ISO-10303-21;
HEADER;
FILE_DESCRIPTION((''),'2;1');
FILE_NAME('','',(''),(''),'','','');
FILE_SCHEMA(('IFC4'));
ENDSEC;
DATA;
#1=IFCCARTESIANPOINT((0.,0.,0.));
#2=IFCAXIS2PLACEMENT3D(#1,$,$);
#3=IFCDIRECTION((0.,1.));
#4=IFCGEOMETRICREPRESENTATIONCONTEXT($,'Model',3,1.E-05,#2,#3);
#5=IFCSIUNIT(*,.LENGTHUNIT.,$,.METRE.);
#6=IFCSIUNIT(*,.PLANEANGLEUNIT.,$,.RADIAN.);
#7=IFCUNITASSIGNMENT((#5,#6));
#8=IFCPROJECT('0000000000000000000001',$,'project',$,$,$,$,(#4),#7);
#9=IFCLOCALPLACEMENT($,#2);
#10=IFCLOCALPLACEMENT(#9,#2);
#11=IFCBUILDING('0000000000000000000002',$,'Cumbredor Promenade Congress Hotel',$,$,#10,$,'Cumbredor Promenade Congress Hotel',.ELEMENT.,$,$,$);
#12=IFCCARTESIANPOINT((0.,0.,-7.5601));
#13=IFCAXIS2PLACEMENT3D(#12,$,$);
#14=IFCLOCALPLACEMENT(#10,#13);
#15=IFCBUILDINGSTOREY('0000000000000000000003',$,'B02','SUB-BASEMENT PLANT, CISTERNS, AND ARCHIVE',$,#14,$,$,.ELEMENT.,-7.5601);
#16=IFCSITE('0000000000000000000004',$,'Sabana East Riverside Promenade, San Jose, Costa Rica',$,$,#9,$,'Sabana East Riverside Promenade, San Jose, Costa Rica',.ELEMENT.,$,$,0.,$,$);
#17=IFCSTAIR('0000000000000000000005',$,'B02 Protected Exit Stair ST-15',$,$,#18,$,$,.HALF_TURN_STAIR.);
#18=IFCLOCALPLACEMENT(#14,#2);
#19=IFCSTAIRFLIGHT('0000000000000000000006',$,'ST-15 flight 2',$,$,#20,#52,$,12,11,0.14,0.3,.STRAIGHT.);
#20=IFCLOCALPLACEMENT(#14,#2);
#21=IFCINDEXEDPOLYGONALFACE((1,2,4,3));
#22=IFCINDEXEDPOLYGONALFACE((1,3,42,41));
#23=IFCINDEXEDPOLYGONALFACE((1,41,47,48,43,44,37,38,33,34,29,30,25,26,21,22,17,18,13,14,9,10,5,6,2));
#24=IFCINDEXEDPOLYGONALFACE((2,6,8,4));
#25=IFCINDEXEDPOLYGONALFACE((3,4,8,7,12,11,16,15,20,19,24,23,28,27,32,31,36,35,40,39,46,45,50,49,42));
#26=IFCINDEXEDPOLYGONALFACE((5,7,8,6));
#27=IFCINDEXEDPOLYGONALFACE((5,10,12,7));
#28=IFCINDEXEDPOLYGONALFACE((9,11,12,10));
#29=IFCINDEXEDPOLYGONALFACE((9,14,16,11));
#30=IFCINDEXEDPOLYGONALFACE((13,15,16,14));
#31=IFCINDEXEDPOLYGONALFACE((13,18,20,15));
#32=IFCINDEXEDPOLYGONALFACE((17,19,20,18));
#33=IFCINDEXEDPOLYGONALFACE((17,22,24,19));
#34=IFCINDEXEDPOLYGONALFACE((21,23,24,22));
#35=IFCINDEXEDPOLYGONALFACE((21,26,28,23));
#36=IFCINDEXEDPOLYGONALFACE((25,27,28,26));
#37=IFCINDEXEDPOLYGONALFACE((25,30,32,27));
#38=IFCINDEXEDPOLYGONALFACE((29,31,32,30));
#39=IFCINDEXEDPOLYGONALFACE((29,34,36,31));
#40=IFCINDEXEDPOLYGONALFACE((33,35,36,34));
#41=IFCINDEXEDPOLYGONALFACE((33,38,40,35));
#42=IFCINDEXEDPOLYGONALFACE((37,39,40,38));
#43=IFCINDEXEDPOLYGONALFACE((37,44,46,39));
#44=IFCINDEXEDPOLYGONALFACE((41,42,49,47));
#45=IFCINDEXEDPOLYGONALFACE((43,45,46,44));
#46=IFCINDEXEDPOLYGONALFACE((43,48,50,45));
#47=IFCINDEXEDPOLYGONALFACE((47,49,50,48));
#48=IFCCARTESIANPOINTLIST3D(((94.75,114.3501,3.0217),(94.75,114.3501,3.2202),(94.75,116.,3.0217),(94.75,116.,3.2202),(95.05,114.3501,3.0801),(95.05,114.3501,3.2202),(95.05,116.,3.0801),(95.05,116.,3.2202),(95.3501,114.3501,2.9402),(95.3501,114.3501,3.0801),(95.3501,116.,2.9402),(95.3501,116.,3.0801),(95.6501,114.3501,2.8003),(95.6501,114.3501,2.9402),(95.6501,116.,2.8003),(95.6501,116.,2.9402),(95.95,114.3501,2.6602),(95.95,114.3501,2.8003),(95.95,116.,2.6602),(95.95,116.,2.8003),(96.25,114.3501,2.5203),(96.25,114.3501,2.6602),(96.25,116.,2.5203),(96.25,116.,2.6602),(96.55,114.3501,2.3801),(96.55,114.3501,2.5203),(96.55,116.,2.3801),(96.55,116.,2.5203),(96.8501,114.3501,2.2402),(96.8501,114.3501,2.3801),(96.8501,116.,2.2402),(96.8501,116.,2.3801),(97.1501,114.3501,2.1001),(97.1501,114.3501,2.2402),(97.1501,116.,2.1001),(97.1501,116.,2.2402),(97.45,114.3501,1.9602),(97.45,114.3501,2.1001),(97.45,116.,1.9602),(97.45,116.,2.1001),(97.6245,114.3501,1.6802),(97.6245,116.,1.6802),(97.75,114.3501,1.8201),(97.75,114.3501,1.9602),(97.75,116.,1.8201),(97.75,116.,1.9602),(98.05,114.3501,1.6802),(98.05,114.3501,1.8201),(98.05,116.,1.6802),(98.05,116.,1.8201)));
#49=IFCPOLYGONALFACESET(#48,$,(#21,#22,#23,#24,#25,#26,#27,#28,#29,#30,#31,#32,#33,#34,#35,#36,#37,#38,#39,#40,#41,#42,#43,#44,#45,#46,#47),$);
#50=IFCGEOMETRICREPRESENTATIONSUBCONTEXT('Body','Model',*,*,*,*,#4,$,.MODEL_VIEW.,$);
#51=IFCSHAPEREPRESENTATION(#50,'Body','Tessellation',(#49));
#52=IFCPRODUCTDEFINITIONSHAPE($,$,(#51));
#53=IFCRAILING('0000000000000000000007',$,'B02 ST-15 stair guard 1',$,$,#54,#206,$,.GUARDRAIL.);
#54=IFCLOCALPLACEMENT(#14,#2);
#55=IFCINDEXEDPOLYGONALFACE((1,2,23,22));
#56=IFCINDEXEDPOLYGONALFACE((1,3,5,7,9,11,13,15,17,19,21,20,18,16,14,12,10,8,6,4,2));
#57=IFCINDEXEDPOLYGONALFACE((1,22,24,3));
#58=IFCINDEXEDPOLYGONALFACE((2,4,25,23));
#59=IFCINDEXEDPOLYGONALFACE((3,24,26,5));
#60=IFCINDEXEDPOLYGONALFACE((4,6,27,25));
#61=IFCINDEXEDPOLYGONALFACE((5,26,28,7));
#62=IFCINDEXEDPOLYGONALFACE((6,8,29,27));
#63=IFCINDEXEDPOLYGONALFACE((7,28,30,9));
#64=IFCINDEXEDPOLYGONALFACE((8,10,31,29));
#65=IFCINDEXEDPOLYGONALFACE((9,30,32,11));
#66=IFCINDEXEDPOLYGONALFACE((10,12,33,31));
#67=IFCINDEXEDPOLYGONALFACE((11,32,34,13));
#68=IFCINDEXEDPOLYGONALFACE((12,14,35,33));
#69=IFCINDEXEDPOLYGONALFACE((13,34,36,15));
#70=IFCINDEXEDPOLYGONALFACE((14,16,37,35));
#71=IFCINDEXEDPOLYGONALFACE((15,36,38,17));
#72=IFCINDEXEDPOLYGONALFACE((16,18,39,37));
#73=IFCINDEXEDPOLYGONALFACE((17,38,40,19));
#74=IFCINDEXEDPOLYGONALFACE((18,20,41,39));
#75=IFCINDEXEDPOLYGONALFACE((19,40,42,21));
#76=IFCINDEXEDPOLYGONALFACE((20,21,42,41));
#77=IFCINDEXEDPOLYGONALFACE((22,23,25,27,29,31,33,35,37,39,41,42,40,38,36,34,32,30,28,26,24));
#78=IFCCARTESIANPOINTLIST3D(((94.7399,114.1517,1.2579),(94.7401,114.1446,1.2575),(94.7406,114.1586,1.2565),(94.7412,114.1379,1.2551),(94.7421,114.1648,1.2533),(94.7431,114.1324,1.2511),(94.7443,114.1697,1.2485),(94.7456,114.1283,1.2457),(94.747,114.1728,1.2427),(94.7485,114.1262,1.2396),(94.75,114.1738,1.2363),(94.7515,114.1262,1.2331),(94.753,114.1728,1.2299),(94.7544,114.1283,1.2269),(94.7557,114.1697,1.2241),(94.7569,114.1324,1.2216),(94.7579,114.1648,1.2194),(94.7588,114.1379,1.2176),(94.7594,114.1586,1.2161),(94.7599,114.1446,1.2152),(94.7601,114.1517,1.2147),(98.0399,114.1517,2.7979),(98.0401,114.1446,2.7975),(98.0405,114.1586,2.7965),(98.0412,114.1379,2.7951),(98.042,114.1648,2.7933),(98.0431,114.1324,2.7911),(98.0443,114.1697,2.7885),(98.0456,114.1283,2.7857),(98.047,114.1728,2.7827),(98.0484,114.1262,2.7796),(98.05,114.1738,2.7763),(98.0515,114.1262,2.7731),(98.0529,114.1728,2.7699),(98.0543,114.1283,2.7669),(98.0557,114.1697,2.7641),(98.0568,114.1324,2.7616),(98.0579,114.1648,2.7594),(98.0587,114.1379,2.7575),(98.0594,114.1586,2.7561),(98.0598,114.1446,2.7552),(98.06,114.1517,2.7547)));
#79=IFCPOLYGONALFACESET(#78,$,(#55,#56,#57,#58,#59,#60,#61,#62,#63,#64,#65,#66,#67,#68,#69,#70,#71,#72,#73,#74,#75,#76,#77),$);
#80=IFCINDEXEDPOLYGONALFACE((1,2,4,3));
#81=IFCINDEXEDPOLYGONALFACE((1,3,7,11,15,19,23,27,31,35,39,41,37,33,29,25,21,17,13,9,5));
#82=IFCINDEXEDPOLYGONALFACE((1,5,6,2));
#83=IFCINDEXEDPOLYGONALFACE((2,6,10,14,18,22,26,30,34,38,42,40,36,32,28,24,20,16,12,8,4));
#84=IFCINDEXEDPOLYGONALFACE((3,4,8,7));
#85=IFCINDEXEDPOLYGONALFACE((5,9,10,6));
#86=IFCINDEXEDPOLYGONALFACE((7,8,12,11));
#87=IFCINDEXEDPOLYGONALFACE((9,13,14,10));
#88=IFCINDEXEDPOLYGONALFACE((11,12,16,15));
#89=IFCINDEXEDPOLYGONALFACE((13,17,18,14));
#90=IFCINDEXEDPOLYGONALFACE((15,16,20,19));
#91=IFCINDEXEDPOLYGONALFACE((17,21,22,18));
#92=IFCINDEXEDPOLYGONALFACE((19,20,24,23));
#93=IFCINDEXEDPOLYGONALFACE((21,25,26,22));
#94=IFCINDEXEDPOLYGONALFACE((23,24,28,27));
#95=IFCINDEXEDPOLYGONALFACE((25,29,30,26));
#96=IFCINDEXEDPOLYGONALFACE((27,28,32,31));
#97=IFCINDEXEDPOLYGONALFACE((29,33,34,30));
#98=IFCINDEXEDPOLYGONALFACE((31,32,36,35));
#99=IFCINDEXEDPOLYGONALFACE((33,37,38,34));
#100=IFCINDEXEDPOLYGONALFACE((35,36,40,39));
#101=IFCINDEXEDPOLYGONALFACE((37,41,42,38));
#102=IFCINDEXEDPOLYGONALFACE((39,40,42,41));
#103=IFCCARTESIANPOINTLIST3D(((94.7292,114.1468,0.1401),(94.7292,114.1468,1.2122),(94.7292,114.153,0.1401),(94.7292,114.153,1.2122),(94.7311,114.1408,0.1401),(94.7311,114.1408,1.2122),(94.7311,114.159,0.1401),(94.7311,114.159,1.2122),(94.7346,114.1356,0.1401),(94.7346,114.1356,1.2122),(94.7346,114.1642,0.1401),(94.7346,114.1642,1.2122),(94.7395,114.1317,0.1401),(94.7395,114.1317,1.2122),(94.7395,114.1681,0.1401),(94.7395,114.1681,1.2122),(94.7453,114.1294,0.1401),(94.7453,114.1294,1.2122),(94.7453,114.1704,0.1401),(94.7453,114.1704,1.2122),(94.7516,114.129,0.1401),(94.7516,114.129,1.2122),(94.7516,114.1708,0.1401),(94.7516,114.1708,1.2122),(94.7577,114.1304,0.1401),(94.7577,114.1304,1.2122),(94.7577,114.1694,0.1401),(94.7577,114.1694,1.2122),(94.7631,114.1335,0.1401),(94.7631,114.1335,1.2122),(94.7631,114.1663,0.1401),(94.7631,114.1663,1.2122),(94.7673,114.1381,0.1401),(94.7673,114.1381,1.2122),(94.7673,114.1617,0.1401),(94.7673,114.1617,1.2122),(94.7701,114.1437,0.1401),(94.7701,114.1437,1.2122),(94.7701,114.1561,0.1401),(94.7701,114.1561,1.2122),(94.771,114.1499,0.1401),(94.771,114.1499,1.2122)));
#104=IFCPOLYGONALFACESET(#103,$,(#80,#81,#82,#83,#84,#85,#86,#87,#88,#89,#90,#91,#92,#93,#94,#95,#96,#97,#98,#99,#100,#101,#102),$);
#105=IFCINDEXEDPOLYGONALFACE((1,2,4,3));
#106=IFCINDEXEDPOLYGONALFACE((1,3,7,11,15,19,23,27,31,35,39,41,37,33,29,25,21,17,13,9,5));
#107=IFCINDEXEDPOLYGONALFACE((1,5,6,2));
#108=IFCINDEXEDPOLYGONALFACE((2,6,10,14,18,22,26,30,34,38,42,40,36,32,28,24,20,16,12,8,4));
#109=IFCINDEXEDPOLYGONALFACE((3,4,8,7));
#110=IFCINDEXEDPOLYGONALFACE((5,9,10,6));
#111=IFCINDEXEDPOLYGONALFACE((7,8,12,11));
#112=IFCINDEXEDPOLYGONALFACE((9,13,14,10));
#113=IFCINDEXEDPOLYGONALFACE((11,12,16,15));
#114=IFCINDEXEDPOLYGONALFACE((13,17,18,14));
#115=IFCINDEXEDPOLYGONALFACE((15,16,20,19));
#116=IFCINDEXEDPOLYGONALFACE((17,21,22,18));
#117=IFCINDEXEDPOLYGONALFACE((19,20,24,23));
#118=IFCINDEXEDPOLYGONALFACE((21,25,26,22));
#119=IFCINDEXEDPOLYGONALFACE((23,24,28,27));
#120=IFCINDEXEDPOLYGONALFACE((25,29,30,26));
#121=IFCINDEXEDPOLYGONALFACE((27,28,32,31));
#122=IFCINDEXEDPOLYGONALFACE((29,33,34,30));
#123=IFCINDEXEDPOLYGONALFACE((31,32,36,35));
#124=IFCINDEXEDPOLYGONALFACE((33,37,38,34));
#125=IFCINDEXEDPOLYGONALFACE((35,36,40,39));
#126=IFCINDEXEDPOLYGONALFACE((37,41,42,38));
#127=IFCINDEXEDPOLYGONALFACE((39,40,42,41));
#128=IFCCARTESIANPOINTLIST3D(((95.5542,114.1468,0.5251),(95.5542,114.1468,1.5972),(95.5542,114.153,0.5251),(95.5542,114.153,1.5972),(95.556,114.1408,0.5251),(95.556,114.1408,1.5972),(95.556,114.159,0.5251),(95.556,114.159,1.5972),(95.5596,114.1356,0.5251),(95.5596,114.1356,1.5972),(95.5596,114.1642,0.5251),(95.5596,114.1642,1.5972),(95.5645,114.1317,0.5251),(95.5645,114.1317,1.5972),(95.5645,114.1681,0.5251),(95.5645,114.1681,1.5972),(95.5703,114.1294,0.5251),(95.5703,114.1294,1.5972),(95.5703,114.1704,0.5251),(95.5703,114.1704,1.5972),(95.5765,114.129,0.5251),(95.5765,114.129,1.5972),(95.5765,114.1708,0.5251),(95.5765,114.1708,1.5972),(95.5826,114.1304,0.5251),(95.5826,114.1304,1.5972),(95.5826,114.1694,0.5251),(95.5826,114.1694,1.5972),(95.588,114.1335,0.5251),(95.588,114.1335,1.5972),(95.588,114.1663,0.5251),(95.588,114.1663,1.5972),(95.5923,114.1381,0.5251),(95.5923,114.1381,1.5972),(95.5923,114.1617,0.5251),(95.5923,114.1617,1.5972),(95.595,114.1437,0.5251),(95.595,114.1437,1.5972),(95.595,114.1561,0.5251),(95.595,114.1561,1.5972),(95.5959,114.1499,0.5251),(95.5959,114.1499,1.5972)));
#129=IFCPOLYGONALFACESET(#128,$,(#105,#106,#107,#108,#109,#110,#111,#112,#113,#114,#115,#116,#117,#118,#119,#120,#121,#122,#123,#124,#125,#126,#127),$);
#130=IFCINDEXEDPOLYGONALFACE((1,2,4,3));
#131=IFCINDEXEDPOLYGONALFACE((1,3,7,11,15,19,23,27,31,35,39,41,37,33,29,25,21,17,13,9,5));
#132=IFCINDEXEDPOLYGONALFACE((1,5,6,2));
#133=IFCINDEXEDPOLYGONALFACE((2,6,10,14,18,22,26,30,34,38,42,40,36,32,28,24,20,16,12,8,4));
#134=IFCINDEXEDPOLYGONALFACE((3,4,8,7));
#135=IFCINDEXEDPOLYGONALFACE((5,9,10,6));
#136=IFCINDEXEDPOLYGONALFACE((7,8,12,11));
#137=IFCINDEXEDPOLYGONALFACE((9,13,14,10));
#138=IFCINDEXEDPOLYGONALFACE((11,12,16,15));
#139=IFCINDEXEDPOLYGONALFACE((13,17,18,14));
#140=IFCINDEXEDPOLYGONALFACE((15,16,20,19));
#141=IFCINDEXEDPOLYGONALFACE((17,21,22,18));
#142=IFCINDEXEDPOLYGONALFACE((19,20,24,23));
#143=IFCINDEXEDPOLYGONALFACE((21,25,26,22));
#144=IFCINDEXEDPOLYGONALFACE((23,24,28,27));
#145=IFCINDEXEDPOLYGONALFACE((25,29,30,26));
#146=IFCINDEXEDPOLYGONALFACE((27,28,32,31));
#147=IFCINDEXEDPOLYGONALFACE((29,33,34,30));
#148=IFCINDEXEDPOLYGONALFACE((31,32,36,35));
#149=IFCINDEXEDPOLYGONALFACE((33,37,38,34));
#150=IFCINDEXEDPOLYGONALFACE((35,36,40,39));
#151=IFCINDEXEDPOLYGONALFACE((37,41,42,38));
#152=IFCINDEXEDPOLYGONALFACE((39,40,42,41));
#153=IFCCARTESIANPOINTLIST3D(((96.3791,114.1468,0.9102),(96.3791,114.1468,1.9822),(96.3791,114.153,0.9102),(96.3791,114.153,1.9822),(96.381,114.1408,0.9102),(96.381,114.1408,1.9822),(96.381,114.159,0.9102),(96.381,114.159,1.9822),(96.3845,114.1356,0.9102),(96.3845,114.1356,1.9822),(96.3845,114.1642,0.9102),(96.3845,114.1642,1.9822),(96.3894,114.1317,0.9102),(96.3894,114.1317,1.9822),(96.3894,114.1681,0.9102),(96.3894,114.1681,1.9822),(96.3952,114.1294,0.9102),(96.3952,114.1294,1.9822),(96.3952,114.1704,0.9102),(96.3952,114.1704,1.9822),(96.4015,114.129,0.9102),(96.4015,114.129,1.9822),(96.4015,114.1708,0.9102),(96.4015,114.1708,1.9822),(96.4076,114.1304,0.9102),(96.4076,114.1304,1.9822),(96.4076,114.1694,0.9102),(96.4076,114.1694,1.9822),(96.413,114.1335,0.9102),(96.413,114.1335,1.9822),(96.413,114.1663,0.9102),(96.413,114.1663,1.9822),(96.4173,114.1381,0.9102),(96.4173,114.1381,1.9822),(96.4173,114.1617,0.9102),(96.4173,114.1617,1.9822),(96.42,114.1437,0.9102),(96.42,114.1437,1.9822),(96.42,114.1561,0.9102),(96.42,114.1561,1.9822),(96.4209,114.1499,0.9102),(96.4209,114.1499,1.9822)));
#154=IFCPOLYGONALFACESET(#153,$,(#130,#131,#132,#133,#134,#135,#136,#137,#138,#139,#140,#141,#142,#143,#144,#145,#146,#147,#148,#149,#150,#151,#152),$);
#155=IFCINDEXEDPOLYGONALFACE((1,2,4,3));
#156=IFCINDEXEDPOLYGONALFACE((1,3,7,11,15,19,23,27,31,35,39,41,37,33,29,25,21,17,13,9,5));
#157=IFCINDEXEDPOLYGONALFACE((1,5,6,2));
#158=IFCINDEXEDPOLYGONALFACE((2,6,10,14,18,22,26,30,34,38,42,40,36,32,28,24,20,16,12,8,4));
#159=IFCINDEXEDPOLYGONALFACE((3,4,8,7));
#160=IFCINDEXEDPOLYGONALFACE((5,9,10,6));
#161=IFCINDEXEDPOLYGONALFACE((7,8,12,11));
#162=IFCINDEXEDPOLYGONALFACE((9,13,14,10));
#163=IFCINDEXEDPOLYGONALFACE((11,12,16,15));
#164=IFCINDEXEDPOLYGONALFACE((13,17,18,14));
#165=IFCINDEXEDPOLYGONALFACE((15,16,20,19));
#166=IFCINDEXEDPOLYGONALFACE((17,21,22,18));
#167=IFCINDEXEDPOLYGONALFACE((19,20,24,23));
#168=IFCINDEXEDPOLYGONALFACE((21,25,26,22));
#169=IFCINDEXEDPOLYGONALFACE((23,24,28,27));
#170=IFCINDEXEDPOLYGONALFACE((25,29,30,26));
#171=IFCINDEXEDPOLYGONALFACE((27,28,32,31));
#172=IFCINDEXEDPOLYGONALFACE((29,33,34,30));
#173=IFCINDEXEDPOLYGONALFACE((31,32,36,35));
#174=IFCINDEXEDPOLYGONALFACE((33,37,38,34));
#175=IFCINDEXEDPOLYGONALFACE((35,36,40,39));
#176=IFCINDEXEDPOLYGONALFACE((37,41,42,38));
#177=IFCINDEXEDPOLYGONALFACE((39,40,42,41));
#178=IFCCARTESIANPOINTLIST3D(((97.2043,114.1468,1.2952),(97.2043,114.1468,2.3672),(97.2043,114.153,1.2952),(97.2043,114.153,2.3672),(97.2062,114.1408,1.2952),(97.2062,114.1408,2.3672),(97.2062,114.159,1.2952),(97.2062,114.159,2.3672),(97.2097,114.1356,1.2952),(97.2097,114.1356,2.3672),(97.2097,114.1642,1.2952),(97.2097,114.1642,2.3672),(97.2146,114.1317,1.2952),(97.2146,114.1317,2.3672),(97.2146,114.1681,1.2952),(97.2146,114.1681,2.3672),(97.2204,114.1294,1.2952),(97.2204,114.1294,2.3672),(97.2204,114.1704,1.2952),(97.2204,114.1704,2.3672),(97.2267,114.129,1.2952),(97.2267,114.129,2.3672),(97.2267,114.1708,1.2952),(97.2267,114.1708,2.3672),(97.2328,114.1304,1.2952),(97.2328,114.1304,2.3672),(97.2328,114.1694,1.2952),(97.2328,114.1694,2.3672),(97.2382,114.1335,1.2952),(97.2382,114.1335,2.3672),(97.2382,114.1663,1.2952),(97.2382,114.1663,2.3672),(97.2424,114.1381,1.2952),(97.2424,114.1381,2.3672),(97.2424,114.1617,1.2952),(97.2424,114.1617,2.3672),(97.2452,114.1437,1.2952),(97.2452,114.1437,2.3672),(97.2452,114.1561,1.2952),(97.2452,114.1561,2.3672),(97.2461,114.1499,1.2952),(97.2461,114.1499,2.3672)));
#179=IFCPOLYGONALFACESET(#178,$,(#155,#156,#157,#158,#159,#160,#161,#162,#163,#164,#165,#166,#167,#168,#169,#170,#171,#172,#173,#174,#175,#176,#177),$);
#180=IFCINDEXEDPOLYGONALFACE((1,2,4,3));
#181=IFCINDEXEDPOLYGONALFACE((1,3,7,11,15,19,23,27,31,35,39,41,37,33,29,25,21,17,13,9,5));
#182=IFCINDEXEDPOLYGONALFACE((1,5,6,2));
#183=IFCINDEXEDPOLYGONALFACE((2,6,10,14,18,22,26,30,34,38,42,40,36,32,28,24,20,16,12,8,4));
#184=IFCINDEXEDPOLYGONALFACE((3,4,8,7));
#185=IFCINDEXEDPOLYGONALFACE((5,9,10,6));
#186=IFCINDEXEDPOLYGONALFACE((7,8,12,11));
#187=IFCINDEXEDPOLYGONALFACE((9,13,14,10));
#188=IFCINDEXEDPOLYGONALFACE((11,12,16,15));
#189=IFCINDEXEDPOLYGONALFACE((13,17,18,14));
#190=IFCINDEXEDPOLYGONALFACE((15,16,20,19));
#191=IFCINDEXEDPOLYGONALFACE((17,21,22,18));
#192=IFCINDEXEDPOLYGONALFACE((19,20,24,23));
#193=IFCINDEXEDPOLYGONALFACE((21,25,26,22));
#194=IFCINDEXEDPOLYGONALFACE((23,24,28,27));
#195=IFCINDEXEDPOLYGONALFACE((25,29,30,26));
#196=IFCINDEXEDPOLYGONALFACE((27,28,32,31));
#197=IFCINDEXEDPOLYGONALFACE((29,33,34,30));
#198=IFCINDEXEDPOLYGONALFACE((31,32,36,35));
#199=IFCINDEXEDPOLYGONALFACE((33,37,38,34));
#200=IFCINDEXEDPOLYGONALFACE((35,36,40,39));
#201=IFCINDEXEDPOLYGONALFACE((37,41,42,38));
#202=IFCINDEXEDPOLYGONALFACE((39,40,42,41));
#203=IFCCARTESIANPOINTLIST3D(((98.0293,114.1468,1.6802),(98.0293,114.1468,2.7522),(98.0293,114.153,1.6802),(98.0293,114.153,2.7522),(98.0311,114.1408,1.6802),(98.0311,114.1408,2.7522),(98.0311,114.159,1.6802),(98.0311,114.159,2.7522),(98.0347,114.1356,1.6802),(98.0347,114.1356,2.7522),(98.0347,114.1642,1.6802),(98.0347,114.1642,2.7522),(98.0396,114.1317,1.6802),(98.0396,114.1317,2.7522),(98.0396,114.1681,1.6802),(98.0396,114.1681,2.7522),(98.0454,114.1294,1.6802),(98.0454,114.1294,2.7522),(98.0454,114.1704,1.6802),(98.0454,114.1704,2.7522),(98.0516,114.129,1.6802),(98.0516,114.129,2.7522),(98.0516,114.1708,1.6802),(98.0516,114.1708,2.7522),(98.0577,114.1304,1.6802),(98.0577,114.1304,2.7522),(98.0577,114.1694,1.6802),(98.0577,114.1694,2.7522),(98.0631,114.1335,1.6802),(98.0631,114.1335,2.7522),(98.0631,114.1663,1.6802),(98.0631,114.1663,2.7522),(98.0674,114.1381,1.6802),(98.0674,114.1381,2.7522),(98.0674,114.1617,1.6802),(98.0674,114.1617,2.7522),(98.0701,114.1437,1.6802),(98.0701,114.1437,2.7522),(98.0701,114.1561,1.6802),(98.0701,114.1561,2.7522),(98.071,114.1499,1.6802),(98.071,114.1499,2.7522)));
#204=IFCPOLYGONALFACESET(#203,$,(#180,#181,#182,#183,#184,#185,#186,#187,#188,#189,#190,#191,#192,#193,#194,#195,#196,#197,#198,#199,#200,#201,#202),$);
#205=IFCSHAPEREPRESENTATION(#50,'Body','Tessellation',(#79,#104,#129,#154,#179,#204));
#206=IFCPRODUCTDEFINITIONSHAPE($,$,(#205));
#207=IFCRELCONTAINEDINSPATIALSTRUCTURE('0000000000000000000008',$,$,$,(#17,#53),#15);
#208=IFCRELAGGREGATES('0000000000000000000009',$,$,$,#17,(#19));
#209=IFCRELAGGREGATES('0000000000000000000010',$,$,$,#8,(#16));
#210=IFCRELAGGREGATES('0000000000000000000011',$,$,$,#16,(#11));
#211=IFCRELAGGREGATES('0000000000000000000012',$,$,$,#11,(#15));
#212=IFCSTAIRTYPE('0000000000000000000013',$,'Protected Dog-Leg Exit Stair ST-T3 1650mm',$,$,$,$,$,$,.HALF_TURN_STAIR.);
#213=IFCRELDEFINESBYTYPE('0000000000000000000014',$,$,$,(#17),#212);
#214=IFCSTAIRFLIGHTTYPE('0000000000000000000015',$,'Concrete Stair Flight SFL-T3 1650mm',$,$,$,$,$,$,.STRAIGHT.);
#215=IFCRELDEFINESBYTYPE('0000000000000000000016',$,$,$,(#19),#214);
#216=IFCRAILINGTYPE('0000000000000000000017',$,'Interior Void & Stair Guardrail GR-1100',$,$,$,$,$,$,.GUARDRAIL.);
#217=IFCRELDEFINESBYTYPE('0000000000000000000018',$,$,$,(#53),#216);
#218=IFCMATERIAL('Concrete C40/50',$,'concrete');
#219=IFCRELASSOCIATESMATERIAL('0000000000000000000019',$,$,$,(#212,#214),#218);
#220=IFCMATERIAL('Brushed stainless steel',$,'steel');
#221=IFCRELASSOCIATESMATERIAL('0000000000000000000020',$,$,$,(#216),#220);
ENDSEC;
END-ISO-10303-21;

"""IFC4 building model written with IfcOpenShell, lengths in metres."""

from ifc_helpers import new_model, si_unit, direction, frame, origin, origin_2d, place, context, subcontext, project, spatial, polyline, circle, outline, extrude, material, type_object, element, aggregate, save


model = new_model("IFC4")

# Units and contexts
model_context = context("Model", 3, precision=1e-05, world=origin(), true_north=direction((0.0, 1.0)))
body_context = subcontext(model_context, "Body", "Model", "MODEL_VIEW")
ifc_project = project(units=[si_unit("LENGTHUNIT", "METRE"), si_unit("PLANEANGLEUNIT", "RADIAN")], contexts=[model_context])

# Site, building, storey
site_placement = place(None, origin())
site = spatial("IfcSite", under=ifc_project, at=site_placement, Name="Sabana East Riverside Promenade, San Jose, Costa Rica", LongName="Sabana East Riverside Promenade, San Jose, Costa Rica", CompositionType="ELEMENT", RefElevation=0.0)
building_placement = place(site_placement, origin())
building = spatial("IfcBuilding", under=site, at=building_placement, Name="Cumbredor Promenade Congress Hotel", LongName="Cumbredor Promenade Congress Hotel", CompositionType="ELEMENT")
storey_placement = place(building_placement, frame((0.0, 0.0, -7.5601)))
storey = spatial("IfcBuildingStorey", under=building, at=storey_placement, Name="B02", Description="SUB-BASEMENT PLANT, CISTERNS, AND ARCHIVE", CompositionType="ELEMENT", Elevation=-7.5601)

# Shared definitions
ifc_material_1 = material(Name="Concrete C40/50", Category="concrete")

# Stair, stair flight
stair_type = type_object("IfcStairType", Name="Protected Dog-Leg Exit Stair ST-T3 1650mm", PredefinedType="HALF_TURN_STAIR", material=ifc_material_1)
stair_placement = place(storey_placement, origin())
stair = element("IfcStair", 1, at=stair_placement, inside=storey, type_object=stair_type, Name="B02 Protected Exit Stair ST-15", PredefinedType="HALF_TURN_STAIR")
stair_flight_type = type_object("IfcStairFlightType", Name="Concrete Stair Flight SFL-T3 1650mm", PredefinedType="STRAIGHT", material=ifc_material_1)
stair_flight_1_placement = place(storey_placement, frame((98.05, 115.175, 1.6802), z_axis=(0.0, 0.0, 1.0), x_axis=(-1.0, 0.0, 0.0)))
stair_flight_1 = element("IfcStairFlight", 2, at=stair_flight_1_placement, type_object=stair_flight_type, Name="ST-15 flight 2", NumberOfRisers=12, NumberOfTreads=11, PredefinedType="STRAIGHT", RiserHeight=0.14, TreadLength=0.3, context=body_context, shape_type="SweptSolid", body=[
    extrude(outline(polyline([(0.0, 0.0), (0.0, 0.1399), (0.3, 0.1399), (0.3, 0.28), (0.6001, 0.28), (0.6001, 0.4199), (0.8999, 0.4199), (0.8999, 0.5601), (1.2, 0.5601), (1.2, 0.7), (1.5, 0.7), (1.5, 0.8401), (1.8, 0.8401), (1.8, 0.98), (2.1001, 0.98), (2.1001, 1.1201), (2.3999, 1.1201), (2.3999, 1.26), (2.7, 1.26), (2.7, 1.3999), (3.0, 1.3999), (3.0, 1.54), (3.3, 1.54), (3.3, 1.6799), (3.3, 1.3416), (0.4255, 0.0), (0.0, 0.0)])), frame((0.0, 0.825, 0.0), z_axis=(0.0, -1.0, 0.0), x_axis=(1.0, 0.0, 0.0)), (0.0, 0.0, 1.0), 1.6499),
])
aggregate(stair, [stair_flight_1])

# Railing
ifc_material_2 = material(Name="Brushed stainless steel", Category="steel")
railing_type_1 = type_object("IfcRailingType", Name="Interior Void & Stair Guardrail GR-1100", PredefinedType="GUARDRAIL", material=ifc_material_2)
railing_1_placement = place(storey_placement, frame((94.75, 114.1499, 0.1401)))
element("IfcRailing", 3, at=railing_1_placement, inside=storey, type_object=railing_type_1, Name="B02 ST-15 stair guard 1", PredefinedType="GUARDRAIL", context=body_context, shape_type="SweptSolid", body=[
    extrude(circle(Radius=0.0239, at=origin_2d()), frame((0.0, 0.0, 1.0962), z_axis=(0.906181, 0.0, 0.422889), x_axis=(0.0, 1.0, 0.0)), (0.0, 0.0, 1.0), 3.6416),
    extrude(circle(Radius=0.021, at=origin_2d()), origin(), (0.0, 0.0, 1.0), 1.072),
    extrude(circle(Radius=0.021, at=origin_2d()), frame((0.825, 0.0, 0.385)), (0.0, 0.0, 1.0), 1.072),
    extrude(circle(Radius=0.021, at=origin_2d()), frame((1.6499, 0.0, 0.77)), (0.0, 0.0, 1.0), 1.072),
    extrude(circle(Radius=0.021, at=origin_2d()), frame((2.4751, 0.0, 1.155)), (0.0, 0.0, 1.0), 1.072),
    extrude(circle(Radius=0.021, at=origin_2d()), frame((3.3, 0.0, 1.54)), (0.0, 0.0, 1.0), 1.072),
])

save(model, "model.ifc")
